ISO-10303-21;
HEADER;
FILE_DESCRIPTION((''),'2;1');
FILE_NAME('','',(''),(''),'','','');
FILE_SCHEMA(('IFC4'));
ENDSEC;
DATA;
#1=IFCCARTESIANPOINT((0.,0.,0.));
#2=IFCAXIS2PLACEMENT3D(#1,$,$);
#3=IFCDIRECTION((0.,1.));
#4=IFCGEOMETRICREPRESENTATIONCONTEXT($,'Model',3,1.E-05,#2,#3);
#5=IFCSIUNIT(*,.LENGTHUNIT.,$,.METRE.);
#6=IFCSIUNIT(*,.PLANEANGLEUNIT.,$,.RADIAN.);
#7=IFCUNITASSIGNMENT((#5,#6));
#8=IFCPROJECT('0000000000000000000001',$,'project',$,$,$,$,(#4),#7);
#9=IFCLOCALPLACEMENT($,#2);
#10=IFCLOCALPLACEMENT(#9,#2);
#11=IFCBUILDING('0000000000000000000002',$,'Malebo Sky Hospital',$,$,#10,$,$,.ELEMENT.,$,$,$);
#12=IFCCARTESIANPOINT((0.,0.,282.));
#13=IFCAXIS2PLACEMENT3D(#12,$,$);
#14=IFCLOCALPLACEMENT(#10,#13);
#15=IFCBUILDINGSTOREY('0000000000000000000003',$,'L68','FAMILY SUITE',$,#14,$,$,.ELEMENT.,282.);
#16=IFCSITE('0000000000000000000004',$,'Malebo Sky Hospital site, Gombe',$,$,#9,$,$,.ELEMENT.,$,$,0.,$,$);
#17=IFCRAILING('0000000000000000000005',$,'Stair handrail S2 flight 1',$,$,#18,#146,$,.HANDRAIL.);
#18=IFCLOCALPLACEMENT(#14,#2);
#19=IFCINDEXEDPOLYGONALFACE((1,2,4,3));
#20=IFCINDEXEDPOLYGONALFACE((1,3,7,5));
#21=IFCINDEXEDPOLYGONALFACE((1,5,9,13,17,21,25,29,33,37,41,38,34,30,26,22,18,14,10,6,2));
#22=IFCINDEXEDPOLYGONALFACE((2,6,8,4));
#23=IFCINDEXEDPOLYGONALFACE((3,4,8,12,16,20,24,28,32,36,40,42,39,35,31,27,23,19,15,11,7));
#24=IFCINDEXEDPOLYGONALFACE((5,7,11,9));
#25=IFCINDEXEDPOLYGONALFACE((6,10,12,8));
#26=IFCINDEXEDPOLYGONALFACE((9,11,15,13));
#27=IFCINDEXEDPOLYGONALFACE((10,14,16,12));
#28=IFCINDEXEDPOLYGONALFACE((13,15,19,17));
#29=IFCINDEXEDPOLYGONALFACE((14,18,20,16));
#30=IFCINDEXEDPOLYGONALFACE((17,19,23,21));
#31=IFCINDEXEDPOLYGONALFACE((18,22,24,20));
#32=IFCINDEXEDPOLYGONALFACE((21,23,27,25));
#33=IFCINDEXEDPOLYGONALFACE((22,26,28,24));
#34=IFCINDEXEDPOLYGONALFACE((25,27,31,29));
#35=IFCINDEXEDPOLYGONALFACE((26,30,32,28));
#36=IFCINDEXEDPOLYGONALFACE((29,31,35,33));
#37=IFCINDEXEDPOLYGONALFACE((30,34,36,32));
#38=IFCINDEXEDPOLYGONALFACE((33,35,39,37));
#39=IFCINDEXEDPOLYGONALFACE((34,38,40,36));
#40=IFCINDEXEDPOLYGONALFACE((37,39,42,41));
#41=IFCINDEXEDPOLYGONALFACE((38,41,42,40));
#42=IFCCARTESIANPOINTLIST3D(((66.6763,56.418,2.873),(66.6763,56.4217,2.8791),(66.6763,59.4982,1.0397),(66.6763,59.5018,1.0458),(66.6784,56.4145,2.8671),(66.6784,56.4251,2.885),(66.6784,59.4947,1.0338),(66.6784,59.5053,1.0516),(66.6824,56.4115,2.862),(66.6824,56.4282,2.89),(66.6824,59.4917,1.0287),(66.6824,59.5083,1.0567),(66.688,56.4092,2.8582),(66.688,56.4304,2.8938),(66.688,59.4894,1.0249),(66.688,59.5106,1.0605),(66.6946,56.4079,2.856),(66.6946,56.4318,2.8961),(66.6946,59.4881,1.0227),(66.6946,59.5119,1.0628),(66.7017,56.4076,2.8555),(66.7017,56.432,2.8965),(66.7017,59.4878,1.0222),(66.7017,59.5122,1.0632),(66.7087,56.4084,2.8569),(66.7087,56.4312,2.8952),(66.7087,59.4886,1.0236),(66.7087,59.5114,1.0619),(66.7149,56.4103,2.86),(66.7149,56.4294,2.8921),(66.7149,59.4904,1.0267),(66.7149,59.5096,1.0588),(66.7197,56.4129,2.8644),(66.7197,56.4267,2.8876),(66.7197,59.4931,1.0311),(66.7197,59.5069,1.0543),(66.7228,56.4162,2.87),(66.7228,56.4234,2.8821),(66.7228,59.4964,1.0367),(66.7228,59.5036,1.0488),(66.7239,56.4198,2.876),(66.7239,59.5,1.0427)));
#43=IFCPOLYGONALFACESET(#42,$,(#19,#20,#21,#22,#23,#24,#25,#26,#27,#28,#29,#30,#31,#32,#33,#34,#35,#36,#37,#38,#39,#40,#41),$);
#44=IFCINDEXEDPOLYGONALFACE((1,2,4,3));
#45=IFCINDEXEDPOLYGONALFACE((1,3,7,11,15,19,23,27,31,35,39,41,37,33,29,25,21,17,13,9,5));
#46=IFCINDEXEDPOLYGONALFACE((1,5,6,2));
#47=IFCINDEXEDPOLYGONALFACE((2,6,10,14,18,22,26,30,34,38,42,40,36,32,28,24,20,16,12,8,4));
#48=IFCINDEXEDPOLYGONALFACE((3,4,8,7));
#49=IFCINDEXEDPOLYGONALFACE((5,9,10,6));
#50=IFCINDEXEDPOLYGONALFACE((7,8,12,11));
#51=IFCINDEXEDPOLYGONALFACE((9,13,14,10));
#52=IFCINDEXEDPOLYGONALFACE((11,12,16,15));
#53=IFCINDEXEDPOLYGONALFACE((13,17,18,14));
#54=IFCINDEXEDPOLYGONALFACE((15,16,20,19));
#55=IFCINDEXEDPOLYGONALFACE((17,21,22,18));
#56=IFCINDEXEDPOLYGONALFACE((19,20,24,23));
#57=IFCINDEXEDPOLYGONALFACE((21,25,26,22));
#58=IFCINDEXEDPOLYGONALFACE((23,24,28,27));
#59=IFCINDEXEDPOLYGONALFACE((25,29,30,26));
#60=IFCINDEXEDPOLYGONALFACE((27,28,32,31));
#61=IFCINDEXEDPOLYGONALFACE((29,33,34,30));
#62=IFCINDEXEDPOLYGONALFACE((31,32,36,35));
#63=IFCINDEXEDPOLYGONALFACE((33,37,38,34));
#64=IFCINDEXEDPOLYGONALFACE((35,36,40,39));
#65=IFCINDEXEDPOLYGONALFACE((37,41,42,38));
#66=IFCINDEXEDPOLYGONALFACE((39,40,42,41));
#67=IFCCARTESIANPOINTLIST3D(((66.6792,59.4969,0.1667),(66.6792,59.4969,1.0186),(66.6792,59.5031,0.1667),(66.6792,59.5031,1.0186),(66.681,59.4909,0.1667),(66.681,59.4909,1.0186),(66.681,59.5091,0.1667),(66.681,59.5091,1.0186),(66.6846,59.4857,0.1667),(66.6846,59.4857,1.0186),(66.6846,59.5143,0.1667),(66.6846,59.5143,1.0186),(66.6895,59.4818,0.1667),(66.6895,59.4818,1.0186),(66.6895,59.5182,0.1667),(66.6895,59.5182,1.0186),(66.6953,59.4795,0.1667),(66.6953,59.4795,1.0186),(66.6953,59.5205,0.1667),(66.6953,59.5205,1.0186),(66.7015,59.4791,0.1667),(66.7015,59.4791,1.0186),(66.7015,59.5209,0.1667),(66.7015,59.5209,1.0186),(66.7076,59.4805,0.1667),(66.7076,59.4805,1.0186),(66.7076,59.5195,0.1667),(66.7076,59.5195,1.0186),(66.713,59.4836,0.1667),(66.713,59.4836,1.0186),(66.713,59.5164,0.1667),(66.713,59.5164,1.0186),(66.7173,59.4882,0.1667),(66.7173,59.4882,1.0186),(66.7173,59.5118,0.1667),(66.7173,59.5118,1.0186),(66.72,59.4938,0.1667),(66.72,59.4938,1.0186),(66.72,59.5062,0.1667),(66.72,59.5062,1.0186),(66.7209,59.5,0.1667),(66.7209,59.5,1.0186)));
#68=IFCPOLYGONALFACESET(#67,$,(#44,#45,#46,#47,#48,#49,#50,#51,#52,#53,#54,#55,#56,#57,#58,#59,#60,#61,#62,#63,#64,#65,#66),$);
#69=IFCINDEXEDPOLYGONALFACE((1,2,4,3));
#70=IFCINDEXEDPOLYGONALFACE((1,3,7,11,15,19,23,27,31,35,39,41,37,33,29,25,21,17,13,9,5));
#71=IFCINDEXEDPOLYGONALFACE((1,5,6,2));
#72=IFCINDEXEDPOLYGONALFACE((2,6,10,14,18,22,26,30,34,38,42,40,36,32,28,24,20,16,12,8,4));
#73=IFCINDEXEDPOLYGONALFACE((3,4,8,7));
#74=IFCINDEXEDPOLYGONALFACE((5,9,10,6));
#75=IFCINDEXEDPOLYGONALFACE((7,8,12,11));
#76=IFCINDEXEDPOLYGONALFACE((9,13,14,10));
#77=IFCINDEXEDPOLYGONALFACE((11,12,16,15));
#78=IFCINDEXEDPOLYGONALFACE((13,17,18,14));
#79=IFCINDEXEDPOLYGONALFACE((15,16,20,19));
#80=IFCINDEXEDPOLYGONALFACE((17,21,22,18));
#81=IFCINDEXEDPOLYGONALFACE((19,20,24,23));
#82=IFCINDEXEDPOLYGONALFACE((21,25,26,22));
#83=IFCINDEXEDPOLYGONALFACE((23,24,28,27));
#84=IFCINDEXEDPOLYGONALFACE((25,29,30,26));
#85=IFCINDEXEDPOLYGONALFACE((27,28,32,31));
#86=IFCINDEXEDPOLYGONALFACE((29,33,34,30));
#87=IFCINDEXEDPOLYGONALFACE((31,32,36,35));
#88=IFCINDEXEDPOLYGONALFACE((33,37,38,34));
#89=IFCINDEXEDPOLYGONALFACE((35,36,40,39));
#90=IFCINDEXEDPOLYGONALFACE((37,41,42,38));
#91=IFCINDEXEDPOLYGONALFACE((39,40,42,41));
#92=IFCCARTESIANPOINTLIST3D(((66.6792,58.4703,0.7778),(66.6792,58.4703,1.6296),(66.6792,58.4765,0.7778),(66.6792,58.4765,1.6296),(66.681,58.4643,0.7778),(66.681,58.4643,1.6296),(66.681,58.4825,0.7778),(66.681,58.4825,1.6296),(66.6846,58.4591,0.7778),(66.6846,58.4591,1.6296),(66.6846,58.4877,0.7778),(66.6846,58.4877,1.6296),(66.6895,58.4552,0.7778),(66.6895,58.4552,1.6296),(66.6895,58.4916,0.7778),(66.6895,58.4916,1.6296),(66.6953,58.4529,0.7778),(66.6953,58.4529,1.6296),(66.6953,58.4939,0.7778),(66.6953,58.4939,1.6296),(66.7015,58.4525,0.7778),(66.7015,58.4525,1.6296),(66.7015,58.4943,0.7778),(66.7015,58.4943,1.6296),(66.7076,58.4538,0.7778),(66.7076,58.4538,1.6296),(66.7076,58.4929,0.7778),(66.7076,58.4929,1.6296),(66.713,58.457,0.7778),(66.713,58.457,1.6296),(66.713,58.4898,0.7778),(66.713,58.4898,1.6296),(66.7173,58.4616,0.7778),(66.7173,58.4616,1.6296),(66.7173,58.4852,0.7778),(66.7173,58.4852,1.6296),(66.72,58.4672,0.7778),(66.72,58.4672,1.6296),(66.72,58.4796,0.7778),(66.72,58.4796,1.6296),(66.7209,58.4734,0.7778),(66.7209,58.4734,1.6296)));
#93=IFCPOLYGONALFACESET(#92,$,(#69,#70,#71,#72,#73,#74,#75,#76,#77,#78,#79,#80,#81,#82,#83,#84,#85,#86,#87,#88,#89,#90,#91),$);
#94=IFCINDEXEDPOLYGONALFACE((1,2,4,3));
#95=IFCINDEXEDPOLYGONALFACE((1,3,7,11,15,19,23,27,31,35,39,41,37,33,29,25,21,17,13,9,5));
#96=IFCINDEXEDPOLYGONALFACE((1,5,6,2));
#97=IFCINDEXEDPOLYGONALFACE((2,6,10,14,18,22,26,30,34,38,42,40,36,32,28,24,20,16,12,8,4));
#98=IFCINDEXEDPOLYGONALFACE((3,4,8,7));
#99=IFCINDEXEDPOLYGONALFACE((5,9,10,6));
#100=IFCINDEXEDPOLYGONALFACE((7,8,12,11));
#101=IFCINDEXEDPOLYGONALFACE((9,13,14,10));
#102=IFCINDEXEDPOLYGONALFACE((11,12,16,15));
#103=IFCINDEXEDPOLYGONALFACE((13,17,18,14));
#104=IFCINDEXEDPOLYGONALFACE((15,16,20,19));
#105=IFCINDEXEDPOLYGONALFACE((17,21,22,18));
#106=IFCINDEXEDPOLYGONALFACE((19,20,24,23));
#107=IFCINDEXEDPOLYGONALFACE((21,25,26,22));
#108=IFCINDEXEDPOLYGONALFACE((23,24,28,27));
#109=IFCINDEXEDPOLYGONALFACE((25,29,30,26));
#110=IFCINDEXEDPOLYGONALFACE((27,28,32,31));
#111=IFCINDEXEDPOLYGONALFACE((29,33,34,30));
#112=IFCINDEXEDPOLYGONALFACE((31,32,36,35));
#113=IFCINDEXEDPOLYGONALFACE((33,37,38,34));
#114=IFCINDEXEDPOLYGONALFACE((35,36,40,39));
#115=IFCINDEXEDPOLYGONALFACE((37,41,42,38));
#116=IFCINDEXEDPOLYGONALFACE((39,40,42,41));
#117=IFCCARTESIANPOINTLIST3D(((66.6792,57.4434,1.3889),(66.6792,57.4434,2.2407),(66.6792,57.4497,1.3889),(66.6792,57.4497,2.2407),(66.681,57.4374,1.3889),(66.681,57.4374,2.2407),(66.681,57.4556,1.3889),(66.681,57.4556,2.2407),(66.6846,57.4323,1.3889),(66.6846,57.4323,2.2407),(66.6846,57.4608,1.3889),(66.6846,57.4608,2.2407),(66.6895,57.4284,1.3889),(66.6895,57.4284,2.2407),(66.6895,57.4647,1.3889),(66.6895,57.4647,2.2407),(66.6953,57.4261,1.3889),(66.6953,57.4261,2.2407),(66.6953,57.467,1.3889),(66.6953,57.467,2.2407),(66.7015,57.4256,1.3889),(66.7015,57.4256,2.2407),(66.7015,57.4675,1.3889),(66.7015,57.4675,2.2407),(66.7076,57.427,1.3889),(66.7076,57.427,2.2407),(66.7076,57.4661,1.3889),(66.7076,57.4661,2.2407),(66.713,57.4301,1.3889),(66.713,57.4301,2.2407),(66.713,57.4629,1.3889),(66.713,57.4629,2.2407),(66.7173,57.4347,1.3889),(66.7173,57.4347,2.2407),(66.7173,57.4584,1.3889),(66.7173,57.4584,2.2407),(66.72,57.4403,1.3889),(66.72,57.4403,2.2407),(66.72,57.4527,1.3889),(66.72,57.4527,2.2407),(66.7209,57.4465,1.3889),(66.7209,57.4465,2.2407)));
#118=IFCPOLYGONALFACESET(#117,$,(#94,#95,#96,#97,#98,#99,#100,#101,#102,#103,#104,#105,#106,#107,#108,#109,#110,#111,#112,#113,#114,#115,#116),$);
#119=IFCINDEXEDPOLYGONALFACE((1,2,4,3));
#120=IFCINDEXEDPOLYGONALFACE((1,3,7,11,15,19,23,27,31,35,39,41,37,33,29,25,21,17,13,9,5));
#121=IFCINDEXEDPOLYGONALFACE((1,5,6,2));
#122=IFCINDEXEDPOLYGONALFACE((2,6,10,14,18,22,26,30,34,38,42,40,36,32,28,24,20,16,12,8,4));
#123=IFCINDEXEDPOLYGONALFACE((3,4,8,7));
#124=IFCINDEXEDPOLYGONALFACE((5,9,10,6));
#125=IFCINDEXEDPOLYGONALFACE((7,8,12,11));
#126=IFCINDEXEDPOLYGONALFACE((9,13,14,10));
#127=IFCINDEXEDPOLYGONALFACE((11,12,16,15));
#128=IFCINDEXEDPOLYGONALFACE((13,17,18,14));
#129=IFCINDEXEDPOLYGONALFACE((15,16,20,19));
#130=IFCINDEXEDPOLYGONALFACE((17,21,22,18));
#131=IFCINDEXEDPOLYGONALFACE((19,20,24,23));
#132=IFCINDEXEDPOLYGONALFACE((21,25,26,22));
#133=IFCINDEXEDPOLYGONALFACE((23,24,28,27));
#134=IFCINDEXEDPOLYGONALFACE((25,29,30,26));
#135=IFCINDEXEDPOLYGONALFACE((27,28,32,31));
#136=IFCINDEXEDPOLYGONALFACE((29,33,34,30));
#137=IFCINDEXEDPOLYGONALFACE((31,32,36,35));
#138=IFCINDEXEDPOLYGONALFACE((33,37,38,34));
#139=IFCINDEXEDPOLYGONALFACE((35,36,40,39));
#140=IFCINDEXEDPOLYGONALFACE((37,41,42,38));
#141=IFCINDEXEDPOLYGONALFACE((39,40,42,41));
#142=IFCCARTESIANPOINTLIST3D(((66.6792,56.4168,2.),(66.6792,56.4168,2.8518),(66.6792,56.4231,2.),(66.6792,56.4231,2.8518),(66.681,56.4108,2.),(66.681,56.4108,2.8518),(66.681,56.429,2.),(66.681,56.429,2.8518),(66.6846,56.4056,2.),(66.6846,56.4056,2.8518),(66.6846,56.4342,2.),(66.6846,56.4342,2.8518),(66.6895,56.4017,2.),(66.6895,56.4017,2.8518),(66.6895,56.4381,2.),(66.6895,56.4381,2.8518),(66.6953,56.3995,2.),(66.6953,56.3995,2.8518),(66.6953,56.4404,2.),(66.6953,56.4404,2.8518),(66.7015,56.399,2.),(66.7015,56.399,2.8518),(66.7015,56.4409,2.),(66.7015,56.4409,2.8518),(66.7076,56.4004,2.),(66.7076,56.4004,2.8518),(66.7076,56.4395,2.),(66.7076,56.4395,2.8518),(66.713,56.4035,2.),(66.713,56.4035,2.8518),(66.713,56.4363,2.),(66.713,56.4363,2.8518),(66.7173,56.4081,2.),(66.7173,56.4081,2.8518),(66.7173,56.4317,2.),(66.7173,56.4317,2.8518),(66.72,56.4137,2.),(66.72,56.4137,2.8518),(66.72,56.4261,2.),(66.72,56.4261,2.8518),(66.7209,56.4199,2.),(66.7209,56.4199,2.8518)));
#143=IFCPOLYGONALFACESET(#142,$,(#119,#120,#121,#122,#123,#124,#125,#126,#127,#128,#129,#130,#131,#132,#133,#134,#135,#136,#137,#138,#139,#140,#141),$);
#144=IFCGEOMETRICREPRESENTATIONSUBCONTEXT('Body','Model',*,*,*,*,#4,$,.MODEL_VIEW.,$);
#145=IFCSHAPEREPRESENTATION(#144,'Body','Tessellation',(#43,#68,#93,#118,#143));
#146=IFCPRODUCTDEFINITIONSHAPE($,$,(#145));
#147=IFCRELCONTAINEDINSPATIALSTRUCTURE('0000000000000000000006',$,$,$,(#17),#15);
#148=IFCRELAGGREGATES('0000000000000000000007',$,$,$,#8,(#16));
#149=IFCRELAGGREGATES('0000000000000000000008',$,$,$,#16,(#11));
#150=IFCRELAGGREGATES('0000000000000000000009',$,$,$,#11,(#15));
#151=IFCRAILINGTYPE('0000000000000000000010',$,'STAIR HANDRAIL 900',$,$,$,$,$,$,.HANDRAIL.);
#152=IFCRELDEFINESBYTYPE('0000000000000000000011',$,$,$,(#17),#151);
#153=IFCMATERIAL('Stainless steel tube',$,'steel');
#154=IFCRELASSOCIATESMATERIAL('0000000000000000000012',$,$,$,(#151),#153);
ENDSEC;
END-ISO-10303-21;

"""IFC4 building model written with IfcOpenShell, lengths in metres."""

from ifc_helpers import new_model, si_unit, direction, frame, origin, origin_2d, place, context, subcontext, project, spatial, circle, extrude, material, type_object, element, save


model = new_model("IFC4")

# Units and contexts
model_context = context("Model", 3, precision=1e-05, world=origin(), true_north=direction((0.0, 1.0)))
body_context = subcontext(model_context, "Body", "Model", "MODEL_VIEW")
ifc_project = project(units=[si_unit("LENGTHUNIT", "METRE"), si_unit("PLANEANGLEUNIT", "RADIAN")], contexts=[model_context])

# Site, building, storey
site_placement = place(None, origin())
site = spatial("IfcSite", under=ifc_project, at=site_placement, Name="Malebo Sky Hospital site, Gombe", CompositionType="ELEMENT", RefElevation=0.0)
building_placement = place(site_placement, origin())
building = spatial("IfcBuilding", under=site, at=building_placement, Name="Malebo Sky Hospital", CompositionType="ELEMENT")
storey_placement = place(building_placement, frame((0.0, 0.0, 282.0)))
storey = spatial("IfcBuildingStorey", under=building, at=storey_placement, Name="L68", Description="FAMILY SUITE", CompositionType="ELEMENT", Elevation=282.0)

# Railing
ifc_material_1 = material(Name="Stainless steel tube", Category="steel")
railing_type = type_object("IfcRailingType", Name="STAIR HANDRAIL 900", PredefinedType="HANDRAIL", material=ifc_material_1)
railing_placement = place(storey_placement, frame((66.7, 59.5, 0.1667)))
element("IfcRailing", 1, at=railing_placement, inside=storey, type_object=railing_type, Name="Stair handrail S2 flight 1", PredefinedType="HANDRAIL", context=body_context, shape_type="SweptSolid", body=[
    extrude(circle(Radius=0.0239, at=origin_2d()), frame((0.0, 0.0, 0.876), z_axis=(0.0, -0.859309, 0.511458), x_axis=(1.0, 0.0, 0.0)), (0.0, 0.0, 1.0), 3.5845),
    extrude(circle(Radius=0.021, at=origin_2d()), origin(), (0.0, 0.0, 1.0), 0.8518),
    extrude(circle(Radius=0.021, at=origin_2d()), frame((0.0, -1.0266, 0.6111)), (0.0, 0.0, 1.0), 0.8518),
    extrude(circle(Radius=0.021, at=origin_2d()), frame((0.0, -2.0535, 1.2222)), (0.0, 0.0, 1.0), 0.8518),
    extrude(circle(Radius=0.021, at=origin_2d()), frame((0.0, -3.0801, 1.8333)), (0.0, 0.0, 1.0), 0.8518),
])

save(model, "model.ifc")
